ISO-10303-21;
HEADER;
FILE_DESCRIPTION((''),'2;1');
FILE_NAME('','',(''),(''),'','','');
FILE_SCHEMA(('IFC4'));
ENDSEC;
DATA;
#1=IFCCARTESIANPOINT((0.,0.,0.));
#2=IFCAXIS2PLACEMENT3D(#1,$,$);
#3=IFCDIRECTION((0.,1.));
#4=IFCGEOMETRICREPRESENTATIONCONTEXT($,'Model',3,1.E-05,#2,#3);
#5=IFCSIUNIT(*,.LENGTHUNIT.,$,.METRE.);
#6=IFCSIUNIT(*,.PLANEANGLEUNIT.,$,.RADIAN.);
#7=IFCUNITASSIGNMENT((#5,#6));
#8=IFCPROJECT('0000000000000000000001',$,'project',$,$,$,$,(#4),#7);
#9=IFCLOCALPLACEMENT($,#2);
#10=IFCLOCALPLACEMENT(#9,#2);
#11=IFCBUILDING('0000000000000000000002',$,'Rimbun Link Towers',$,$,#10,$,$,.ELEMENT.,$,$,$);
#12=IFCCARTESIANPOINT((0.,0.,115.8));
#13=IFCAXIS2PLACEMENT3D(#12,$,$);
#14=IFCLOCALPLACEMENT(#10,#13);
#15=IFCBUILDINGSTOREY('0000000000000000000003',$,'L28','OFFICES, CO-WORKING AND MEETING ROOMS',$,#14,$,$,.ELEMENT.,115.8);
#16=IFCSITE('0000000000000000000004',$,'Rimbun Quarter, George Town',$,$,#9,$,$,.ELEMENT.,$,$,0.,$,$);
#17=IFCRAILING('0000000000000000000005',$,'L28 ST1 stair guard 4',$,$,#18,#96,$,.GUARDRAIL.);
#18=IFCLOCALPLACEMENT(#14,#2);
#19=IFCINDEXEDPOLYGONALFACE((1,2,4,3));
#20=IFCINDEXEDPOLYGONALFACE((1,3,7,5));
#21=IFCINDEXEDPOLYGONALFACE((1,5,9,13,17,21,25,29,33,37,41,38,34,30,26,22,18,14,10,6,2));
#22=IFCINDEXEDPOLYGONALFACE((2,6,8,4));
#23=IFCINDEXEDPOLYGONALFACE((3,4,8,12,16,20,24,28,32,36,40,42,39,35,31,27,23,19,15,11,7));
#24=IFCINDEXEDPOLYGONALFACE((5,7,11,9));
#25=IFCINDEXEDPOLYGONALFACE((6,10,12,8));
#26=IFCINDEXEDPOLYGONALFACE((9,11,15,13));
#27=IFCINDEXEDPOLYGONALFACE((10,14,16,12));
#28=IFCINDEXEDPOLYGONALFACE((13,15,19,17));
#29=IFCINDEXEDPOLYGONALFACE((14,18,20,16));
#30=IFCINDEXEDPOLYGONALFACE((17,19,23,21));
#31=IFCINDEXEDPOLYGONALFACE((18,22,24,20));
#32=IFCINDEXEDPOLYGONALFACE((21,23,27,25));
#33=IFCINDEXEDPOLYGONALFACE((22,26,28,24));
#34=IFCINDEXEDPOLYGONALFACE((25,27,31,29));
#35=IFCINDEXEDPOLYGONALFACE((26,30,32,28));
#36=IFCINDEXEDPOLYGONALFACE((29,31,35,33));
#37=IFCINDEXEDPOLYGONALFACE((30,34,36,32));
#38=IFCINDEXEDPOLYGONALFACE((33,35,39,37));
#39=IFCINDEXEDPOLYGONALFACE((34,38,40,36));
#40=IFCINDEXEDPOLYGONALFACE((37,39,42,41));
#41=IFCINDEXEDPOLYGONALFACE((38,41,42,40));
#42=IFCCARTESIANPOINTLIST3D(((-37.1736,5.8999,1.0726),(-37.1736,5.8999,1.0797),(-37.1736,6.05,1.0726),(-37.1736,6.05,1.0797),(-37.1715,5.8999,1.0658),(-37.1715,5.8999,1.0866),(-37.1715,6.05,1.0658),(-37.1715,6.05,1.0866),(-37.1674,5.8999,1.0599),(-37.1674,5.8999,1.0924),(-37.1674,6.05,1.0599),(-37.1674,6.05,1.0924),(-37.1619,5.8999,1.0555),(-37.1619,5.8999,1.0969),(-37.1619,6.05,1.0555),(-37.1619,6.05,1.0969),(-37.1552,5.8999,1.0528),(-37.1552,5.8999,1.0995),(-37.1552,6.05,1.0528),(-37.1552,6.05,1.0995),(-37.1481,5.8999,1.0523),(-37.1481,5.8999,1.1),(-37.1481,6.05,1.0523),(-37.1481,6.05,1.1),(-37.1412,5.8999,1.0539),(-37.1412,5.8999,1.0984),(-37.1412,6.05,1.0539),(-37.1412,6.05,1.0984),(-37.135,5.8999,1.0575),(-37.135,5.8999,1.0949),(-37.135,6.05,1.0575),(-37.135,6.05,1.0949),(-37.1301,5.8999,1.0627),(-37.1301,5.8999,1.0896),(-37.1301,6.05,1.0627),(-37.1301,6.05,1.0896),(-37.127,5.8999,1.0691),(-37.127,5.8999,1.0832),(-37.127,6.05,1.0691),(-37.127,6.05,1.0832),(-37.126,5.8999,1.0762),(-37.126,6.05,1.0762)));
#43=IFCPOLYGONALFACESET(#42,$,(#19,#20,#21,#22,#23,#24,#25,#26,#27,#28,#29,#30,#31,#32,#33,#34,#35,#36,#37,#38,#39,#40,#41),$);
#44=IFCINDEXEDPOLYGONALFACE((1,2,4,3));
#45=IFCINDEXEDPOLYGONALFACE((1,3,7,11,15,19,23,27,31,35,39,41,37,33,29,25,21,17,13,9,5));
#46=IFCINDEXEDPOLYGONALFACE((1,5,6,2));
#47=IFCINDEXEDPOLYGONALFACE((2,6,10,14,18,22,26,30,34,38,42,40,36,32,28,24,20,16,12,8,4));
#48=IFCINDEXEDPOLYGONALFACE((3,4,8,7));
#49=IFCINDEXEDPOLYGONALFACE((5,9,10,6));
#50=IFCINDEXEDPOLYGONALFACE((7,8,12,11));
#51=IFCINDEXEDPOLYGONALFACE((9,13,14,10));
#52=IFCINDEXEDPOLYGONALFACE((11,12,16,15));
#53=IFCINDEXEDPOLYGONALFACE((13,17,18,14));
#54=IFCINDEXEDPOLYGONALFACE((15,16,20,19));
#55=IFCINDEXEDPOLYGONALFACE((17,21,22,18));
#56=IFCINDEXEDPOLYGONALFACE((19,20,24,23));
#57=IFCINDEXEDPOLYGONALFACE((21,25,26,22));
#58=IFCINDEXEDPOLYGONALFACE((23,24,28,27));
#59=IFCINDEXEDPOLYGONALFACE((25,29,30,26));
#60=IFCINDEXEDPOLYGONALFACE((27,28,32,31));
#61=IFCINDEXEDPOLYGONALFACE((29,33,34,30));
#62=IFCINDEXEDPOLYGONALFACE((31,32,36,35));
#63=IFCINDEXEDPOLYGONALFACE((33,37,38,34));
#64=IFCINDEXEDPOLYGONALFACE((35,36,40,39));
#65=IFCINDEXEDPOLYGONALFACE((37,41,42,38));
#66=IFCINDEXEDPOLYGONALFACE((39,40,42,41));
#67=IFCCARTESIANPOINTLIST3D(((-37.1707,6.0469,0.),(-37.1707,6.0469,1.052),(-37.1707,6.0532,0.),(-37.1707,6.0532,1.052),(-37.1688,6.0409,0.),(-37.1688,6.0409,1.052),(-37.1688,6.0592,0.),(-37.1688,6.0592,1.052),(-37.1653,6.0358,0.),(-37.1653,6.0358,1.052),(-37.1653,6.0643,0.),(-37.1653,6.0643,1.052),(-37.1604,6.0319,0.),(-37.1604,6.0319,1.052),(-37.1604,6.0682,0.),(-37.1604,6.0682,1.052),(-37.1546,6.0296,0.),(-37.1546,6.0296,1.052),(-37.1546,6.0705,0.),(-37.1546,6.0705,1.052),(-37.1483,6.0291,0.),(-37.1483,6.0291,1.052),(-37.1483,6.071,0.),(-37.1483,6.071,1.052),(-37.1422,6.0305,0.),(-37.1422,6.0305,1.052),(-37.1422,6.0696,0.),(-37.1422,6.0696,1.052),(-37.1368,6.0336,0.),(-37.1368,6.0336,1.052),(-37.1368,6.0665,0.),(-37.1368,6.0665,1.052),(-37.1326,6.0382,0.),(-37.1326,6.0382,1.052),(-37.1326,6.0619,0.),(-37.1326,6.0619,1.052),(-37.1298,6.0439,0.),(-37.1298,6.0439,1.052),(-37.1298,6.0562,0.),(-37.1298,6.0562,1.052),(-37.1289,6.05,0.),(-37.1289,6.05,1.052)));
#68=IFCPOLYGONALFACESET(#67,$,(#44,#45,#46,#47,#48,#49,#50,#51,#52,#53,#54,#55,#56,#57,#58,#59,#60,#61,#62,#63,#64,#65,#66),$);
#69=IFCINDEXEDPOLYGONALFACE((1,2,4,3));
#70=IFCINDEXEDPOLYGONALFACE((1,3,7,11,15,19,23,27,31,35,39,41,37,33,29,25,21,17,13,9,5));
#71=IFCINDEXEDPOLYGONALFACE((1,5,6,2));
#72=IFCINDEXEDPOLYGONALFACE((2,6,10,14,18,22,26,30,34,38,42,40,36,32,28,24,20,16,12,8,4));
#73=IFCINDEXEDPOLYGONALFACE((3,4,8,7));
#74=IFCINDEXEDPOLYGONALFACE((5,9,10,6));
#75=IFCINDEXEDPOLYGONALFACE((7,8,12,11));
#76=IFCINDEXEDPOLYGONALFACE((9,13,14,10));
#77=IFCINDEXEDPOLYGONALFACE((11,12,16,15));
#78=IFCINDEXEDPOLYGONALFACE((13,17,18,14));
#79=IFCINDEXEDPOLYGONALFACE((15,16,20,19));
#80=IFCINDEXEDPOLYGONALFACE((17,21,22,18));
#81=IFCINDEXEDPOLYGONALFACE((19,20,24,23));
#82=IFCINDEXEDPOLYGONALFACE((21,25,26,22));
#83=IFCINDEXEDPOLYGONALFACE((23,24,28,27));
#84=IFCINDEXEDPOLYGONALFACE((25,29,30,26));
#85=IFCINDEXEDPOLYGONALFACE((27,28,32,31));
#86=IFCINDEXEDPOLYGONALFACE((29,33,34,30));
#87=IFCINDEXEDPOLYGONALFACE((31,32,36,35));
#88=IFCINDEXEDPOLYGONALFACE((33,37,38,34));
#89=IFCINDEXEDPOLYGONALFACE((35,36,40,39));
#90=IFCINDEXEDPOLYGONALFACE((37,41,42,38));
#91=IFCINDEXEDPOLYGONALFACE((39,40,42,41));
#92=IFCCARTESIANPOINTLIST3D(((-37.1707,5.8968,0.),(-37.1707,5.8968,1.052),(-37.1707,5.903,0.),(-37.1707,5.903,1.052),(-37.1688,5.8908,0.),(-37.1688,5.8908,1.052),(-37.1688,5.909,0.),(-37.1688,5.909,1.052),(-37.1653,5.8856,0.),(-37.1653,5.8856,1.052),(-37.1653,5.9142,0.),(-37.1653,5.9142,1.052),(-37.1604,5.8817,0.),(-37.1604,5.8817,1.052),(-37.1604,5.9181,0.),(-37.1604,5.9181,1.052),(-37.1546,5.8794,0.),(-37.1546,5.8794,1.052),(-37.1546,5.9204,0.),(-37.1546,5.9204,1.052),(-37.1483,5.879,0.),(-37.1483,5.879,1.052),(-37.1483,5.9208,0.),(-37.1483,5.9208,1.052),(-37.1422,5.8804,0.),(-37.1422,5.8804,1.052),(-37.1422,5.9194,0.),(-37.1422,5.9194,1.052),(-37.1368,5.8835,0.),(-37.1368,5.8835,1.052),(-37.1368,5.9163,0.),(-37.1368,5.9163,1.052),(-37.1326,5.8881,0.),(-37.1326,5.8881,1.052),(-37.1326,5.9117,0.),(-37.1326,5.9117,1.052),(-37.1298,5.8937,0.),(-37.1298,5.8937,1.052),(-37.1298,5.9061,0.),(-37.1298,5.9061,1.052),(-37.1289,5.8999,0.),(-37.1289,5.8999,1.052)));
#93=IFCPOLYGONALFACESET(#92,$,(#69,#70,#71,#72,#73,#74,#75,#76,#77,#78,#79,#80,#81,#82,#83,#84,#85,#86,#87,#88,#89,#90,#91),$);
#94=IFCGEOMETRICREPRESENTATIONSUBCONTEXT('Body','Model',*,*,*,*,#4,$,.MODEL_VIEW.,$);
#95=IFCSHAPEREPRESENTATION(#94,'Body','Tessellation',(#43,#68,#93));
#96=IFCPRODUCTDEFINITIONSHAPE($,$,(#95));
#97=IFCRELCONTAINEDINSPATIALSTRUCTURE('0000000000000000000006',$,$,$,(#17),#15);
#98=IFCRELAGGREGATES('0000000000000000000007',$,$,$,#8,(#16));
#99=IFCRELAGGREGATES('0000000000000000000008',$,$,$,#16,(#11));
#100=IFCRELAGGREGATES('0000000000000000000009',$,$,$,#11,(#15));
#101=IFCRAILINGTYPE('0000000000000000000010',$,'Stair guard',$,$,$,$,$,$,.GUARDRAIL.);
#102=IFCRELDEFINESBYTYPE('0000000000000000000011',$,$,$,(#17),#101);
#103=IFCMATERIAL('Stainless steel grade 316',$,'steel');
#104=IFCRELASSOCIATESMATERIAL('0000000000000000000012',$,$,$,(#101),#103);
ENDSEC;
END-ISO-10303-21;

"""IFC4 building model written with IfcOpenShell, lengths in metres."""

from ifc_helpers import new_model, si_unit, direction, frame, origin, origin_2d, place, context, subcontext, project, spatial, circle, extrude, material, type_object, element, save


model = new_model("IFC4")

# Units and contexts
model_context = context("Model", 3, precision=1e-05, world=origin(), true_north=direction((0.0, 1.0)))
body_context = subcontext(model_context, "Body", "Model", "MODEL_VIEW")
ifc_project = project(units=[si_unit("LENGTHUNIT", "METRE"), si_unit("PLANEANGLEUNIT", "RADIAN")], contexts=[model_context])

# Site, building, storey
site_placement = place(None, origin())
site = spatial("IfcSite", under=ifc_project, at=site_placement, Name="Rimbun Quarter, George Town", CompositionType="ELEMENT", RefElevation=0.0)
building_placement = place(site_placement, origin())
building = spatial("IfcBuilding", under=site, at=building_placement, Name="Rimbun Link Towers", CompositionType="ELEMENT")
storey_placement = place(building_placement, frame((0.0, 0.0, 115.8)))
storey = spatial("IfcBuildingStorey", under=building, at=storey_placement, Name="L28", Description="OFFICES, CO-WORKING AND MEETING ROOMS", CompositionType="ELEMENT", Elevation=115.8)

# Railing
ifc_material_1 = material(Name="Stainless steel grade 316", Category="steel")
railing_type_1 = type_object("IfcRailingType", Name="Stair guard", PredefinedType="GUARDRAIL", material=ifc_material_1)
railing_1_placement = place(storey_placement, frame((-37.1499, 6.05, 0.0)))
element("IfcRailing", 1, at=railing_1_placement, inside=storey, type_object=railing_type_1, Name="L28 ST1 stair guard 4", PredefinedType="GUARDRAIL", context=body_context, shape_type="SweptSolid", body=[
    extrude(circle(Radius=0.0239, at=origin_2d()), frame((0.0, 0.0, 1.0762), z_axis=(0.0, -1.0, 0.0), x_axis=(1.0, 0.0, 0.0)), (0.0, 0.0, 1.0), 0.1501),
    extrude(circle(Radius=0.021, at=origin_2d()), origin(), (0.0, 0.0, 1.0), 1.052),
    extrude(circle(Radius=0.021, at=origin_2d()), frame((0.0, -0.1501, 0.0)), (0.0, 0.0, 1.0), 1.052),
])

save(model, "model.ifc")
